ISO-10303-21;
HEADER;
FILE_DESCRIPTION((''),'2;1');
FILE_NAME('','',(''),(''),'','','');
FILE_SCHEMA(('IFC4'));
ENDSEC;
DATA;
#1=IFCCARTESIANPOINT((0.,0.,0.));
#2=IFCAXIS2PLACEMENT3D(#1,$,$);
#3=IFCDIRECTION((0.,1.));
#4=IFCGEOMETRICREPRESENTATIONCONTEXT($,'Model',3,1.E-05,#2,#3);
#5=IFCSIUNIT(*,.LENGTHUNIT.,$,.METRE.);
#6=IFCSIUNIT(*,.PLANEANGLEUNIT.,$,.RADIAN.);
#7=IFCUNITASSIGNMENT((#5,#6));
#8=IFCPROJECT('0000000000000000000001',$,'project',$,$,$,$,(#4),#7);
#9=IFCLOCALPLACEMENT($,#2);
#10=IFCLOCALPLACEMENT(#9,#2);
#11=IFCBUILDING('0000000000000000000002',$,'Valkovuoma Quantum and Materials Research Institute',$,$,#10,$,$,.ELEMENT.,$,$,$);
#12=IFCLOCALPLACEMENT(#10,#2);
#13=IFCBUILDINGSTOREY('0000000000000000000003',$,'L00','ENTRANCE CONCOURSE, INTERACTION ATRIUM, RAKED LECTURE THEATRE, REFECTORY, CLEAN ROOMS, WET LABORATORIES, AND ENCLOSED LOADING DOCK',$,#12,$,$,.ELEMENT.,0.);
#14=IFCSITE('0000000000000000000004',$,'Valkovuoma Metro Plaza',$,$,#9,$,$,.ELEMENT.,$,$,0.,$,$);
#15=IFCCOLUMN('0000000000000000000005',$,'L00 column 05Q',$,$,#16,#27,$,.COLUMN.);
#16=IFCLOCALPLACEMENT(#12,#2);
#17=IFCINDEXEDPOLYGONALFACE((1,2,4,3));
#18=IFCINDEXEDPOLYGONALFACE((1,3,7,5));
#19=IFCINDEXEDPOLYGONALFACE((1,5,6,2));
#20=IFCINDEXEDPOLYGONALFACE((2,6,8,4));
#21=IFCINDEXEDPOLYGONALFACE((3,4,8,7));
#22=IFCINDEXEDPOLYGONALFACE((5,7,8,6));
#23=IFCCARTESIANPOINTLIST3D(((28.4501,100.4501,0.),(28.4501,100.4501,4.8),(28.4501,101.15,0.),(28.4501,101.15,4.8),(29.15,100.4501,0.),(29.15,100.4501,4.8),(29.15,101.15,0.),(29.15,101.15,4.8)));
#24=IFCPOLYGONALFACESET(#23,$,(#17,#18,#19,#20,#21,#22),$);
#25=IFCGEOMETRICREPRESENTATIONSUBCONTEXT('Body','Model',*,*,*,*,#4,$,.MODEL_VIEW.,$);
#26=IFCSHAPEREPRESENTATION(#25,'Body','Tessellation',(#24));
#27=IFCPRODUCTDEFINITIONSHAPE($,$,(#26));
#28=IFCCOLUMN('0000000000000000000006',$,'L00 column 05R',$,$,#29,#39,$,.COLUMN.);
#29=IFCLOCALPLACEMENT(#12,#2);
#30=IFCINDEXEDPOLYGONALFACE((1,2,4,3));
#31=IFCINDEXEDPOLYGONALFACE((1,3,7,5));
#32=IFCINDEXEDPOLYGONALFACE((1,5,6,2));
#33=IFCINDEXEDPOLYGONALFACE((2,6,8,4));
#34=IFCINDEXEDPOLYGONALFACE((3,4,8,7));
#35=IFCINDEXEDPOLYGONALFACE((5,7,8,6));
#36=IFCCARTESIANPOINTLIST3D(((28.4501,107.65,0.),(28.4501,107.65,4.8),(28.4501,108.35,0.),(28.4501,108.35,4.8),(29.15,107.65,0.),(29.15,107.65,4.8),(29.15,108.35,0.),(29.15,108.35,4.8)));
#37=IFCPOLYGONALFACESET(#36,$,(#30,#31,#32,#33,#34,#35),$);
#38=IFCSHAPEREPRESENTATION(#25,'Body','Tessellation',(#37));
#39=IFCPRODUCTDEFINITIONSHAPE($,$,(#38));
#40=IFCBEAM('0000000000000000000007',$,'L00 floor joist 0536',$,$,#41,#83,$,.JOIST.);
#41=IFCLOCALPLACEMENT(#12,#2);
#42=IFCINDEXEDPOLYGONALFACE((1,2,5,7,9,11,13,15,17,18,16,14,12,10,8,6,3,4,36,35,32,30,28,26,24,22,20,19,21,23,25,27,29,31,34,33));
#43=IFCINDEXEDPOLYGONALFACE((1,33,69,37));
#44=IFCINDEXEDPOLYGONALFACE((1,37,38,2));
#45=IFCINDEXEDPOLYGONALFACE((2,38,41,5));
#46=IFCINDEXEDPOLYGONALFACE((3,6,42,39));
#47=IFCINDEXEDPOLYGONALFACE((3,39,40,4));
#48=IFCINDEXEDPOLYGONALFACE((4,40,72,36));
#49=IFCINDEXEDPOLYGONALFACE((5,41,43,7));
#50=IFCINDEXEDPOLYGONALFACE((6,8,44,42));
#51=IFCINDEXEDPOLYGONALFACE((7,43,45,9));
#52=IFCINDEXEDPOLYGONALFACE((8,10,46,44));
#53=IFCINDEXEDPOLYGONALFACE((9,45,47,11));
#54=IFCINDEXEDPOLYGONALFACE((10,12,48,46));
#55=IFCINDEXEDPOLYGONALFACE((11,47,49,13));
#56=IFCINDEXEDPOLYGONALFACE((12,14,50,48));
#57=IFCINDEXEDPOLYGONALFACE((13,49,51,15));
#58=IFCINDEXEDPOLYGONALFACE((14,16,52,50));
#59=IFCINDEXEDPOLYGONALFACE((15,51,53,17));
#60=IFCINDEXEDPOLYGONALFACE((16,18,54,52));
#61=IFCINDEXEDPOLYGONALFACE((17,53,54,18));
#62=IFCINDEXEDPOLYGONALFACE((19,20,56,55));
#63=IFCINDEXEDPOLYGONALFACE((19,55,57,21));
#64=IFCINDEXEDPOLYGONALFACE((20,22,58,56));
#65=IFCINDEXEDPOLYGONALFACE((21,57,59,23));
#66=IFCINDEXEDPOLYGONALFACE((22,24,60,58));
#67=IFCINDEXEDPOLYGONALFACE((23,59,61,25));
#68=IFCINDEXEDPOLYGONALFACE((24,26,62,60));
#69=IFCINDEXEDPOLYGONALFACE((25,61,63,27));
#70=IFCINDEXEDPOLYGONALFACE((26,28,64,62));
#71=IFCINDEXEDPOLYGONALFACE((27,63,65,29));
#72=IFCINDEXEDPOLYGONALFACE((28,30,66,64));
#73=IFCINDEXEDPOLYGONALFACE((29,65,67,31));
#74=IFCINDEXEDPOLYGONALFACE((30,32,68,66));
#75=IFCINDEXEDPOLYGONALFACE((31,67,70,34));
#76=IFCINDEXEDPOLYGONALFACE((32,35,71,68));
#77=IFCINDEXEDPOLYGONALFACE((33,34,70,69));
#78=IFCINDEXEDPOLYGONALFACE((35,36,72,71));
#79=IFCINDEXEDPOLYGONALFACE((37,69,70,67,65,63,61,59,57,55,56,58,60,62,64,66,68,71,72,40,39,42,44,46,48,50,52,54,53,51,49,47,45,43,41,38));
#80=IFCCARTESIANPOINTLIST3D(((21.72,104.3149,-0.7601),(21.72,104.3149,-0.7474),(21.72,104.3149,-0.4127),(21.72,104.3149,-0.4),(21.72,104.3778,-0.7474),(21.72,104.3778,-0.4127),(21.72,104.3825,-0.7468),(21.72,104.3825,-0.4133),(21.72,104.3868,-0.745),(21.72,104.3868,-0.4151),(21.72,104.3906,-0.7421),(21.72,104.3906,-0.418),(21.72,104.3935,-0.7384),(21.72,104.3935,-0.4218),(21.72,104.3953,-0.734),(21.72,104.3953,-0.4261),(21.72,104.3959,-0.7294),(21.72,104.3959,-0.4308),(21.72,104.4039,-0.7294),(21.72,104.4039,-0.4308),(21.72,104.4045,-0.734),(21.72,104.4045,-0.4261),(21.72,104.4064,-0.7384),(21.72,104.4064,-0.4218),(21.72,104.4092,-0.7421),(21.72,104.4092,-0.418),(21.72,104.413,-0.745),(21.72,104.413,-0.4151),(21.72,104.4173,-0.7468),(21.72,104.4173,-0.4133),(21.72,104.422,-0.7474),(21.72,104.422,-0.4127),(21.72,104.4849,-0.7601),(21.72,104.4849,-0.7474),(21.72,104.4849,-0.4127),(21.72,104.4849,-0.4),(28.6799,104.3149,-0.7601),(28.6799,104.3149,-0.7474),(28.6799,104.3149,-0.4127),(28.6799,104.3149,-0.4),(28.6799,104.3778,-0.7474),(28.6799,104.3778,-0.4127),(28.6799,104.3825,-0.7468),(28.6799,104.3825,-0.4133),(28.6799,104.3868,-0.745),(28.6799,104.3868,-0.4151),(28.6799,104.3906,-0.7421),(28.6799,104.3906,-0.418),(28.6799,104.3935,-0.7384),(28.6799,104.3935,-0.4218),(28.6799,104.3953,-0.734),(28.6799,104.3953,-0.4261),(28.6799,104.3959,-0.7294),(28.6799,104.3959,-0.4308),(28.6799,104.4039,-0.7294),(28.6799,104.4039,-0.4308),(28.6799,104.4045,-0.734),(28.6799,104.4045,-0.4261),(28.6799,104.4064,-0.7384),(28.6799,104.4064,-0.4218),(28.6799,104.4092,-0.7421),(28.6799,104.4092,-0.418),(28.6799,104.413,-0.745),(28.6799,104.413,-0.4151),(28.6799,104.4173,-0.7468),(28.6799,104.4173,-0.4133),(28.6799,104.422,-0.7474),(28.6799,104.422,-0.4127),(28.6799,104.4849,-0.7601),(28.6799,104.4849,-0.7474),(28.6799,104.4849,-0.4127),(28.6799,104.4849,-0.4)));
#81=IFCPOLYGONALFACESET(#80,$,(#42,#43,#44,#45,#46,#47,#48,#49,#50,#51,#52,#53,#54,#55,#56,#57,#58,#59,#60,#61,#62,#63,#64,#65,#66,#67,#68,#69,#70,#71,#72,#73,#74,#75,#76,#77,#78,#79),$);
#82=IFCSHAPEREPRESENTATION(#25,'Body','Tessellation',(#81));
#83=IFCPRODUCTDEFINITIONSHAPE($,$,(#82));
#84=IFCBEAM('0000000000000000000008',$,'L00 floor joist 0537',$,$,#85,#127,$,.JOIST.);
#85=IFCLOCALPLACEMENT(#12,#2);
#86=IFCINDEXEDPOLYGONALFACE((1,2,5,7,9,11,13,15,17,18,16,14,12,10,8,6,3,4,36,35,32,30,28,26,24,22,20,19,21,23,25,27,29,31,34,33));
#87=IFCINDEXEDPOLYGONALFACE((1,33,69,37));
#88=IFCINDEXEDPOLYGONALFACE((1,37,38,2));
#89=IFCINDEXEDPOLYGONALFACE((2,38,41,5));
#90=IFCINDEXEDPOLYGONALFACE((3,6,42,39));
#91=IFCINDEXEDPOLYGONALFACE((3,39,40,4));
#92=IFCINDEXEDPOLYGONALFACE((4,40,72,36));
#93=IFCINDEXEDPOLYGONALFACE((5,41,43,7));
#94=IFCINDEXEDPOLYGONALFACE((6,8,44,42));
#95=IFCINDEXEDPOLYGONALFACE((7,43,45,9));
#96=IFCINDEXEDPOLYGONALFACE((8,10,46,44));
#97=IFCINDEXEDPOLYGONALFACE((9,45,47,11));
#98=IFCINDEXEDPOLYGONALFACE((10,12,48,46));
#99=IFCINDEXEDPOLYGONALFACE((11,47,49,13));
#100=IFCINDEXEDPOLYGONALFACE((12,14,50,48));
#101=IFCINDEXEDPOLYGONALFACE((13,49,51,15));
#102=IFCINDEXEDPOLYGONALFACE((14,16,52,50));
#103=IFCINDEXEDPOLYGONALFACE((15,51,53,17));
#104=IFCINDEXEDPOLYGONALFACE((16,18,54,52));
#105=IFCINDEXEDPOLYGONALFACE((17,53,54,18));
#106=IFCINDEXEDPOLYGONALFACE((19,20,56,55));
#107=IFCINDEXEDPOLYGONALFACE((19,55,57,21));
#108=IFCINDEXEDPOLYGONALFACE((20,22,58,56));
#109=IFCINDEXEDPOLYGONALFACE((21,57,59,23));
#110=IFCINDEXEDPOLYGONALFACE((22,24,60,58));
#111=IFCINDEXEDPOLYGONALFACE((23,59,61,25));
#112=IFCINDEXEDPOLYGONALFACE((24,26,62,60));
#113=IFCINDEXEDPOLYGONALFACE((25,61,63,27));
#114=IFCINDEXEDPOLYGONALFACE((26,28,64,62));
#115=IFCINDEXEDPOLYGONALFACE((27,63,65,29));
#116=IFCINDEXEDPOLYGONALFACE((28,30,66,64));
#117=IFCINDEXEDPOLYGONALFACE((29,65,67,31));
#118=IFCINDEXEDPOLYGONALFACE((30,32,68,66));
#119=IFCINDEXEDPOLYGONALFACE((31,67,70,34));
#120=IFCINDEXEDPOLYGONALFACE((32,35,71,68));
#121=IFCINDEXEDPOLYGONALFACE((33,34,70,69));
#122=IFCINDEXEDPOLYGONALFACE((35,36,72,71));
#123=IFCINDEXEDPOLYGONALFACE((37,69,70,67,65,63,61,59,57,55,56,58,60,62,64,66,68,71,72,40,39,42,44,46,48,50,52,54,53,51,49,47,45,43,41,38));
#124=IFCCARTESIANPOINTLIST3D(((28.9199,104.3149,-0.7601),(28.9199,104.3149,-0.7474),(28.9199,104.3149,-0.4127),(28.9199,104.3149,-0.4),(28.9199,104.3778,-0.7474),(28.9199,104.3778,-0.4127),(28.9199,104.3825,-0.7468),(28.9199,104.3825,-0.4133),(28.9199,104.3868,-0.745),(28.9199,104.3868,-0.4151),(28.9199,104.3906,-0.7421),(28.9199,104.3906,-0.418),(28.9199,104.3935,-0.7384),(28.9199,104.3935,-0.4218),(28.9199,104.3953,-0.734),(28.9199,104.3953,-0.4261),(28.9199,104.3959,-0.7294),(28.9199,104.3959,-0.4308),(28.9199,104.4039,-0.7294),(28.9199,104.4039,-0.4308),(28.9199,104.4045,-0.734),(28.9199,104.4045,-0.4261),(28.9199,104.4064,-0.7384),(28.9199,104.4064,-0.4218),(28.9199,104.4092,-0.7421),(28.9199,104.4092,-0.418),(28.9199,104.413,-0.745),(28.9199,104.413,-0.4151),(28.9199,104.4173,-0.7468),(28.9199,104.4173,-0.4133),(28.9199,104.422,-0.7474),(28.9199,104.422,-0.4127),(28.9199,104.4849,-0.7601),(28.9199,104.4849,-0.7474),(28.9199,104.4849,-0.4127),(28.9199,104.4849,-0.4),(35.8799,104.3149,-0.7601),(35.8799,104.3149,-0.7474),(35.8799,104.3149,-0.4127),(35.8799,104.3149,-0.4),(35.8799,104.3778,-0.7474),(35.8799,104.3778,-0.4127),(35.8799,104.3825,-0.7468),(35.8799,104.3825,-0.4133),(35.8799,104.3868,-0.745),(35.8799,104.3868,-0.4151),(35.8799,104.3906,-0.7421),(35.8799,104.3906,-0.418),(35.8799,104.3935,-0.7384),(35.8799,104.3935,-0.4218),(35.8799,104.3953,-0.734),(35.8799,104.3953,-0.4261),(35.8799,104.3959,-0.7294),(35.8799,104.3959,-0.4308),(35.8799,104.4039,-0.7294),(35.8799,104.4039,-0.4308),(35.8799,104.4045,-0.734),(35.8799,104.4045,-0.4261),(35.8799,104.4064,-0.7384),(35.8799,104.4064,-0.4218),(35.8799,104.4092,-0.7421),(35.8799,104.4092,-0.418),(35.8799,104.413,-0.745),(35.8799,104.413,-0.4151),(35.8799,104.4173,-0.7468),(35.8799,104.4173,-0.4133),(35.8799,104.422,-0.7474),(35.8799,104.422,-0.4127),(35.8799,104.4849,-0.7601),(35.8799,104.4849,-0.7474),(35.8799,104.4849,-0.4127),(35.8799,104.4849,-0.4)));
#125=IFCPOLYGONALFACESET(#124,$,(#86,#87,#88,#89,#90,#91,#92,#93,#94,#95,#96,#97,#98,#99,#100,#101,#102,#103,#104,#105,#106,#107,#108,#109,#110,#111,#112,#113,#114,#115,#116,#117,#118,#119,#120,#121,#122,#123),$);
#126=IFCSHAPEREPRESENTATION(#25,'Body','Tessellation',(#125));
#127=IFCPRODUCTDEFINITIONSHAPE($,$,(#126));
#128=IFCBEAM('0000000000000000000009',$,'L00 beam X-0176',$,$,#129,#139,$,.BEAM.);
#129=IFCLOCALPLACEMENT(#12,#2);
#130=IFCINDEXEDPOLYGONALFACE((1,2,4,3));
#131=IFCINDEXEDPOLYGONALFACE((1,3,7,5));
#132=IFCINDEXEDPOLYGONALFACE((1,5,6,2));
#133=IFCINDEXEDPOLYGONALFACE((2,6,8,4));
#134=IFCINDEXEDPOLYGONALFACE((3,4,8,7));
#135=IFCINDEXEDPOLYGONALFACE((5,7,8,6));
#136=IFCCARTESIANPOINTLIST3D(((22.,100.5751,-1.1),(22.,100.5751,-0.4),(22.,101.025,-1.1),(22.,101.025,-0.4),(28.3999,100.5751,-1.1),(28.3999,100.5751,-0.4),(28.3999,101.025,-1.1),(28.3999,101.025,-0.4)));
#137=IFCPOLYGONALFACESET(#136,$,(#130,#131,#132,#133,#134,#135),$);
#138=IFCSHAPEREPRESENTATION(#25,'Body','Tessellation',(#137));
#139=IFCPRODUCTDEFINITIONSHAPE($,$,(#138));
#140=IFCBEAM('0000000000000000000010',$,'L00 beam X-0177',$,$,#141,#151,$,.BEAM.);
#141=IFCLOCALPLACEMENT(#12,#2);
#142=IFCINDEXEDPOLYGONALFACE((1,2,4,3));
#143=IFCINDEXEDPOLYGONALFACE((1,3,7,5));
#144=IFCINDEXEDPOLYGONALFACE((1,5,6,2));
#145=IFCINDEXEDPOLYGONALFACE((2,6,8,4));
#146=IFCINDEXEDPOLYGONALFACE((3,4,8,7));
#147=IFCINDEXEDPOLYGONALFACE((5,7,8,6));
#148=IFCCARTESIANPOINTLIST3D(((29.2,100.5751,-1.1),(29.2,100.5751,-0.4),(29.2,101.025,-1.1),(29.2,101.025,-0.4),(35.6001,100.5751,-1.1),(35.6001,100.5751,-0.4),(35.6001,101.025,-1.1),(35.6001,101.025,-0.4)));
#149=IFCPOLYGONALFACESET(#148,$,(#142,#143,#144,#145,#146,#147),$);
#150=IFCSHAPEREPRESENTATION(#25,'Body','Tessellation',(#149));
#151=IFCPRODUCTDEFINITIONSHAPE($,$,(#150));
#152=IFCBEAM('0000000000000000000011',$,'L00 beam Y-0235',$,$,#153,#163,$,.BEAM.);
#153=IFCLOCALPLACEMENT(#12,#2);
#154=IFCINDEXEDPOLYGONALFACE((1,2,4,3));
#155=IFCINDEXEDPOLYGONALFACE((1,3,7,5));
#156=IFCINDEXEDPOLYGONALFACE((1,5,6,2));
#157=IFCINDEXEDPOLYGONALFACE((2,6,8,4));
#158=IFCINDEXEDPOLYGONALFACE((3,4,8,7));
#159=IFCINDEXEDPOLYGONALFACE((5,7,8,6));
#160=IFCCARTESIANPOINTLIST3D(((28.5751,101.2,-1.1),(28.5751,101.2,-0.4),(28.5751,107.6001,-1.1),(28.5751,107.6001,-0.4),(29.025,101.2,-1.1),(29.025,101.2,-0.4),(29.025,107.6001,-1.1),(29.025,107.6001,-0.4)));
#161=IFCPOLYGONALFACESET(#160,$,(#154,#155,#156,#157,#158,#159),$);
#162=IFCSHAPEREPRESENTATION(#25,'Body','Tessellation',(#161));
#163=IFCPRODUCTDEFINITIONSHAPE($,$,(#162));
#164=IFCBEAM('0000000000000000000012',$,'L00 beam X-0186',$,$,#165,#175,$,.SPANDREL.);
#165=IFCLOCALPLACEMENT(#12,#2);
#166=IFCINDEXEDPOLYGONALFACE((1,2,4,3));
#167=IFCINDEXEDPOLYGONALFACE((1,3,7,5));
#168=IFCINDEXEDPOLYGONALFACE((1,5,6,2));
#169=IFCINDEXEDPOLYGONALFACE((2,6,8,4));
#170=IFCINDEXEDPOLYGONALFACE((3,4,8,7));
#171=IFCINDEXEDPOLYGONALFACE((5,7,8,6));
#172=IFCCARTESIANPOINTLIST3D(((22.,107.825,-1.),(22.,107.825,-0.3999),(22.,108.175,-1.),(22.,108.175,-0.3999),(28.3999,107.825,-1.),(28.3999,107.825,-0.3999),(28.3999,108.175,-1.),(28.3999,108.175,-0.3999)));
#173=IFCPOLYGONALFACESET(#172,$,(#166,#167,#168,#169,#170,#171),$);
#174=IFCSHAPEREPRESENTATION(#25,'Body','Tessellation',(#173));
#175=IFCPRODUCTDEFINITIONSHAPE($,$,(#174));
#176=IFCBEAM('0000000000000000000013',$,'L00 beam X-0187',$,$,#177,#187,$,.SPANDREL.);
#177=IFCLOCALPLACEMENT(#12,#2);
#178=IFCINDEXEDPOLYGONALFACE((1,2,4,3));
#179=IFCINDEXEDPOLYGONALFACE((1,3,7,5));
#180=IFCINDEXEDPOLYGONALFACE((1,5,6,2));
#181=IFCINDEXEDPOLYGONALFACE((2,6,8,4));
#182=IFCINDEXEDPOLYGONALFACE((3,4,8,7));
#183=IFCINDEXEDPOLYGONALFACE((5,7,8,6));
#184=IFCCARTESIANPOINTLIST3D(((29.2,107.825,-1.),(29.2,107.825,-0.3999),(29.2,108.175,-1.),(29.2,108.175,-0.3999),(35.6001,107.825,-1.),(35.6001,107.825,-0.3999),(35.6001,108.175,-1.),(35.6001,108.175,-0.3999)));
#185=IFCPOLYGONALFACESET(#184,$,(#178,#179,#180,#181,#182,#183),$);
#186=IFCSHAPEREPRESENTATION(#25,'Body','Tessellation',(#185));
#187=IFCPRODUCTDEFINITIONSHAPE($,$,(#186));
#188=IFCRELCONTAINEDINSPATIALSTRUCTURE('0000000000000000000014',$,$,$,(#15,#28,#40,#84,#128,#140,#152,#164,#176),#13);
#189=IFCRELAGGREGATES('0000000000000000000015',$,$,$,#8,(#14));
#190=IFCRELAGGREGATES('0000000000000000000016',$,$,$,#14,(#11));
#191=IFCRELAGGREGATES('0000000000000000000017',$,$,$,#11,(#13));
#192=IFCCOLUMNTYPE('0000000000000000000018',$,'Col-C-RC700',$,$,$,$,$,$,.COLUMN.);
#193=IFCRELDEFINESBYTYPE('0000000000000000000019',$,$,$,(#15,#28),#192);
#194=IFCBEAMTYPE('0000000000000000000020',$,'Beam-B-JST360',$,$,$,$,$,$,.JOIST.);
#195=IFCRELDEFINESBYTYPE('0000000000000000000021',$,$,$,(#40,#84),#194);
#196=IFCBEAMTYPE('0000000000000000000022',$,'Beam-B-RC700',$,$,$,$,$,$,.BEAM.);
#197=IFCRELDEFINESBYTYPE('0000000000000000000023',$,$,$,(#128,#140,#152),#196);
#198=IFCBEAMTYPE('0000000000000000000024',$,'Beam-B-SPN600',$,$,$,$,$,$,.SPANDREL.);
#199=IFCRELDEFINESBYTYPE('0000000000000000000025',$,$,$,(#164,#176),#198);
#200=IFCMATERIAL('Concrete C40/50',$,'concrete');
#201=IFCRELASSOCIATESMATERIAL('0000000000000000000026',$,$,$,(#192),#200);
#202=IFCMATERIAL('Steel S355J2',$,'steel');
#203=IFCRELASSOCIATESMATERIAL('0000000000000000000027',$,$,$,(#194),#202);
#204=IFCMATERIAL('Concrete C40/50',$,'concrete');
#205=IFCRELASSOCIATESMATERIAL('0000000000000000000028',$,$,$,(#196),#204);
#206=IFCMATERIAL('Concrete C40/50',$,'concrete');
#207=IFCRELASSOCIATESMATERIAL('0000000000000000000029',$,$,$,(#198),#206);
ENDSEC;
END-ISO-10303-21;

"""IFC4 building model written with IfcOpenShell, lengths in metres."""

from ifc_helpers import new_model, si_unit, direction, frame, origin, origin_2d, place, context, subcontext, project, spatial, rectangle, i_section, extrude, material, material_profile, profile_set, type_object, element, save


model = new_model("IFC4")

# Units and contexts
model_context = context("Model", 3, precision=1e-05, world=origin(), true_north=direction((0.0, 1.0)))
body_context = subcontext(model_context, "Body", "Model", "MODEL_VIEW")
ifc_project = project(units=[si_unit("LENGTHUNIT", "METRE"), si_unit("PLANEANGLEUNIT", "RADIAN")], contexts=[model_context])

# Site, building, storey
site_placement = place(None, origin())
site = spatial("IfcSite", under=ifc_project, at=site_placement, Name="Valkovuoma Metro Plaza", CompositionType="ELEMENT", RefElevation=0.0)
building_placement = place(site_placement, origin())
building = spatial("IfcBuilding", under=site, at=building_placement, Name="Valkovuoma Quantum and Materials Research Institute", CompositionType="ELEMENT")
storey_placement = place(building_placement, origin())
storey = spatial("IfcBuildingStorey", under=building, at=storey_placement, Name="L00", Description="ENTRANCE CONCOURSE, INTERACTION ATRIUM, RAKED LECTURE THEATRE, REFECTORY, CLEAN ROOMS, WET LABORATORIES, AND ENCLOSED LOADING DOCK", CompositionType="ELEMENT", Elevation=0.0)

# Columns
ifc_material_1 = material(Name="Concrete C40/50", Category="concrete")
ifc_material_profile_1 = material_profile(ifc_material_1, rectangle(XDim=0.7, YDim=0.7, at=origin_2d()), Name="Concrete C40/50")
ifc_profile_set_1 = profile_set([ifc_material_profile_1], Name="Concrete C40/50")
column_type = type_object("IfcColumnType", Name="Col-C-RC700", PredefinedType="COLUMN", material=ifc_profile_set_1)
for number, where, z_axis, x_axis, name in (
    (1, (28.8, 100.8, 0.0), (0.0, 0.0, 1.0), (1.0, 0.0, 0.0), "L00 column 05Q"),
    (2, (28.8, 108.0, 0.0), (0.0, 0.0, 1.0), (1.0, 0.0, 0.0), "L00 column 05R"),
):
    element("IfcColumn", number, at=place(storey_placement, frame(where, z_axis=z_axis, x_axis=x_axis)), inside=storey, type_object=column_type, Name=name, PredefinedType="COLUMN", context=body_context, shape_type="SweptSolid", body=[
        extrude(rectangle(XDim=0.7, YDim=0.7, at=origin_2d()), origin(), (0.0, 0.0, 1.0), 4.8),
    ])

# Beams
ifc_material_2 = material(Name="Steel S355J2", Category="steel")
ifc_material_profile_2 = material_profile(ifc_material_2, i_section(OverallWidth=0.1699, OverallDepth=0.3601, WebThickness=0.0081, FlangeThickness=0.0127, FilletRadius=0.0181, at=origin_2d()), Name="Steel S355J2")
ifc_profile_set_2 = profile_set([ifc_material_profile_2], Name="Steel S355J2")
beam_type_1 = type_object("IfcBeamType", Name="Beam-B-JST360", PredefinedType="JOIST", material=ifc_profile_set_2)
for number, where, z_axis, x_axis, name in (
    (3, (21.72, 104.3999, -0.5801), (1.0, 0.0, 0.0), (0.0, 1.0, 0.0), "L00 floor joist 0536"),
    (4, (28.9199, 104.3999, -0.5801), (1.0, 0.0, 0.0), (0.0, 1.0, 0.0), "L00 floor joist 0537"),
):
    element("IfcBeam", number, at=place(storey_placement, frame(where, z_axis=z_axis, x_axis=x_axis)), inside=storey, type_object=beam_type_1, Name=name, PredefinedType="JOIST", context=body_context, shape_type="SweptSolid", body=[
        extrude(i_section(OverallWidth=0.1699, OverallDepth=0.3601, WebThickness=0.0081, FlangeThickness=0.0127, FilletRadius=0.0181, at=origin_2d()), origin(), (0.0, 0.0, 1.0), 6.96),
    ])
ifc_material_3 = material(Name="Concrete C40/50", Category="concrete")
ifc_material_profile_3 = material_profile(ifc_material_3, rectangle(XDim=0.45, YDim=0.7, at=origin_2d()), Name="Concrete C40/50")
ifc_profile_set_3 = profile_set([ifc_material_profile_3], Name="Concrete C40/50")
beam_type_2 = type_object("IfcBeamType", Name="Beam-B-RC700", PredefinedType="BEAM", material=ifc_profile_set_3)
beam_1_placement = place(storey_placement, frame((22.0, 100.8, -0.75), z_axis=(1.0, 0.0, 0.0), x_axis=(0.0, 1.0, 0.0)))
element("IfcBeam", 5, at=beam_1_placement, inside=storey, type_object=beam_type_2, Name="L00 beam X-0176", PredefinedType="BEAM", context=body_context, shape_type="SweptSolid", body=[
    extrude(rectangle(XDim=0.45, YDim=0.7, at=origin_2d()), origin(), (0.0, 0.0, 1.0), 6.3999),
])
for number, where, z_axis, x_axis, name in (
    (6, (29.2, 100.8, -0.75), (1.0, 0.0, 0.0), (0.0, 1.0, 0.0), "L00 beam X-0177"),
    (7, (28.8, 101.2, -0.75), (0.0, 1.0, 0.0), (-1.0, 0.0, 0.0), "L00 beam Y-0235"),
):
    element("IfcBeam", number, at=place(storey_placement, frame(where, z_axis=z_axis, x_axis=x_axis)), inside=storey, type_object=beam_type_2, Name=name, PredefinedType="BEAM", context=body_context, shape_type="SweptSolid", body=[
        extrude(rectangle(XDim=0.45, YDim=0.7, at=origin_2d()), origin(), (0.0, 0.0, 1.0), 6.4001),
    ])
ifc_material_4 = material(Name="Concrete C40/50", Category="concrete")
ifc_material_profile_4 = material_profile(ifc_material_4, rectangle(XDim=0.3501, YDim=0.6001, at=origin_2d()), Name="Concrete C40/50")
ifc_profile_set_4 = profile_set([ifc_material_profile_4], Name="Concrete C40/50")
beam_type_3 = type_object("IfcBeamType", Name="Beam-B-SPN600", PredefinedType="SPANDREL", material=ifc_profile_set_4)
beam_2_placement = place(storey_placement, frame((22.0, 108.0, -0.7), z_axis=(1.0, 0.0, 0.0), x_axis=(0.0, 1.0, 0.0)))
element("IfcBeam", 8, at=beam_2_placement, inside=storey, type_object=beam_type_3, Name="L00 beam X-0186", PredefinedType="SPANDREL", context=body_context, shape_type="SweptSolid", body=[
    extrude(rectangle(XDim=0.3501, YDim=0.6001, at=origin_2d()), origin(), (0.0, 0.0, 1.0), 6.3999),
])
beam_3_placement = place(storey_placement, frame((29.2, 108.0, -0.7), z_axis=(1.0, 0.0, 0.0), x_axis=(0.0, 1.0, 0.0)))
element("IfcBeam", 9, at=beam_3_placement, inside=storey, type_object=beam_type_3, Name="L00 beam X-0187", PredefinedType="SPANDREL", context=body_context, shape_type="SweptSolid", body=[
    extrude(rectangle(XDim=0.3501, YDim=0.6001, at=origin_2d()), origin(), (0.0, 0.0, 1.0), 6.4001),
])

save(model, "model.ifc")
